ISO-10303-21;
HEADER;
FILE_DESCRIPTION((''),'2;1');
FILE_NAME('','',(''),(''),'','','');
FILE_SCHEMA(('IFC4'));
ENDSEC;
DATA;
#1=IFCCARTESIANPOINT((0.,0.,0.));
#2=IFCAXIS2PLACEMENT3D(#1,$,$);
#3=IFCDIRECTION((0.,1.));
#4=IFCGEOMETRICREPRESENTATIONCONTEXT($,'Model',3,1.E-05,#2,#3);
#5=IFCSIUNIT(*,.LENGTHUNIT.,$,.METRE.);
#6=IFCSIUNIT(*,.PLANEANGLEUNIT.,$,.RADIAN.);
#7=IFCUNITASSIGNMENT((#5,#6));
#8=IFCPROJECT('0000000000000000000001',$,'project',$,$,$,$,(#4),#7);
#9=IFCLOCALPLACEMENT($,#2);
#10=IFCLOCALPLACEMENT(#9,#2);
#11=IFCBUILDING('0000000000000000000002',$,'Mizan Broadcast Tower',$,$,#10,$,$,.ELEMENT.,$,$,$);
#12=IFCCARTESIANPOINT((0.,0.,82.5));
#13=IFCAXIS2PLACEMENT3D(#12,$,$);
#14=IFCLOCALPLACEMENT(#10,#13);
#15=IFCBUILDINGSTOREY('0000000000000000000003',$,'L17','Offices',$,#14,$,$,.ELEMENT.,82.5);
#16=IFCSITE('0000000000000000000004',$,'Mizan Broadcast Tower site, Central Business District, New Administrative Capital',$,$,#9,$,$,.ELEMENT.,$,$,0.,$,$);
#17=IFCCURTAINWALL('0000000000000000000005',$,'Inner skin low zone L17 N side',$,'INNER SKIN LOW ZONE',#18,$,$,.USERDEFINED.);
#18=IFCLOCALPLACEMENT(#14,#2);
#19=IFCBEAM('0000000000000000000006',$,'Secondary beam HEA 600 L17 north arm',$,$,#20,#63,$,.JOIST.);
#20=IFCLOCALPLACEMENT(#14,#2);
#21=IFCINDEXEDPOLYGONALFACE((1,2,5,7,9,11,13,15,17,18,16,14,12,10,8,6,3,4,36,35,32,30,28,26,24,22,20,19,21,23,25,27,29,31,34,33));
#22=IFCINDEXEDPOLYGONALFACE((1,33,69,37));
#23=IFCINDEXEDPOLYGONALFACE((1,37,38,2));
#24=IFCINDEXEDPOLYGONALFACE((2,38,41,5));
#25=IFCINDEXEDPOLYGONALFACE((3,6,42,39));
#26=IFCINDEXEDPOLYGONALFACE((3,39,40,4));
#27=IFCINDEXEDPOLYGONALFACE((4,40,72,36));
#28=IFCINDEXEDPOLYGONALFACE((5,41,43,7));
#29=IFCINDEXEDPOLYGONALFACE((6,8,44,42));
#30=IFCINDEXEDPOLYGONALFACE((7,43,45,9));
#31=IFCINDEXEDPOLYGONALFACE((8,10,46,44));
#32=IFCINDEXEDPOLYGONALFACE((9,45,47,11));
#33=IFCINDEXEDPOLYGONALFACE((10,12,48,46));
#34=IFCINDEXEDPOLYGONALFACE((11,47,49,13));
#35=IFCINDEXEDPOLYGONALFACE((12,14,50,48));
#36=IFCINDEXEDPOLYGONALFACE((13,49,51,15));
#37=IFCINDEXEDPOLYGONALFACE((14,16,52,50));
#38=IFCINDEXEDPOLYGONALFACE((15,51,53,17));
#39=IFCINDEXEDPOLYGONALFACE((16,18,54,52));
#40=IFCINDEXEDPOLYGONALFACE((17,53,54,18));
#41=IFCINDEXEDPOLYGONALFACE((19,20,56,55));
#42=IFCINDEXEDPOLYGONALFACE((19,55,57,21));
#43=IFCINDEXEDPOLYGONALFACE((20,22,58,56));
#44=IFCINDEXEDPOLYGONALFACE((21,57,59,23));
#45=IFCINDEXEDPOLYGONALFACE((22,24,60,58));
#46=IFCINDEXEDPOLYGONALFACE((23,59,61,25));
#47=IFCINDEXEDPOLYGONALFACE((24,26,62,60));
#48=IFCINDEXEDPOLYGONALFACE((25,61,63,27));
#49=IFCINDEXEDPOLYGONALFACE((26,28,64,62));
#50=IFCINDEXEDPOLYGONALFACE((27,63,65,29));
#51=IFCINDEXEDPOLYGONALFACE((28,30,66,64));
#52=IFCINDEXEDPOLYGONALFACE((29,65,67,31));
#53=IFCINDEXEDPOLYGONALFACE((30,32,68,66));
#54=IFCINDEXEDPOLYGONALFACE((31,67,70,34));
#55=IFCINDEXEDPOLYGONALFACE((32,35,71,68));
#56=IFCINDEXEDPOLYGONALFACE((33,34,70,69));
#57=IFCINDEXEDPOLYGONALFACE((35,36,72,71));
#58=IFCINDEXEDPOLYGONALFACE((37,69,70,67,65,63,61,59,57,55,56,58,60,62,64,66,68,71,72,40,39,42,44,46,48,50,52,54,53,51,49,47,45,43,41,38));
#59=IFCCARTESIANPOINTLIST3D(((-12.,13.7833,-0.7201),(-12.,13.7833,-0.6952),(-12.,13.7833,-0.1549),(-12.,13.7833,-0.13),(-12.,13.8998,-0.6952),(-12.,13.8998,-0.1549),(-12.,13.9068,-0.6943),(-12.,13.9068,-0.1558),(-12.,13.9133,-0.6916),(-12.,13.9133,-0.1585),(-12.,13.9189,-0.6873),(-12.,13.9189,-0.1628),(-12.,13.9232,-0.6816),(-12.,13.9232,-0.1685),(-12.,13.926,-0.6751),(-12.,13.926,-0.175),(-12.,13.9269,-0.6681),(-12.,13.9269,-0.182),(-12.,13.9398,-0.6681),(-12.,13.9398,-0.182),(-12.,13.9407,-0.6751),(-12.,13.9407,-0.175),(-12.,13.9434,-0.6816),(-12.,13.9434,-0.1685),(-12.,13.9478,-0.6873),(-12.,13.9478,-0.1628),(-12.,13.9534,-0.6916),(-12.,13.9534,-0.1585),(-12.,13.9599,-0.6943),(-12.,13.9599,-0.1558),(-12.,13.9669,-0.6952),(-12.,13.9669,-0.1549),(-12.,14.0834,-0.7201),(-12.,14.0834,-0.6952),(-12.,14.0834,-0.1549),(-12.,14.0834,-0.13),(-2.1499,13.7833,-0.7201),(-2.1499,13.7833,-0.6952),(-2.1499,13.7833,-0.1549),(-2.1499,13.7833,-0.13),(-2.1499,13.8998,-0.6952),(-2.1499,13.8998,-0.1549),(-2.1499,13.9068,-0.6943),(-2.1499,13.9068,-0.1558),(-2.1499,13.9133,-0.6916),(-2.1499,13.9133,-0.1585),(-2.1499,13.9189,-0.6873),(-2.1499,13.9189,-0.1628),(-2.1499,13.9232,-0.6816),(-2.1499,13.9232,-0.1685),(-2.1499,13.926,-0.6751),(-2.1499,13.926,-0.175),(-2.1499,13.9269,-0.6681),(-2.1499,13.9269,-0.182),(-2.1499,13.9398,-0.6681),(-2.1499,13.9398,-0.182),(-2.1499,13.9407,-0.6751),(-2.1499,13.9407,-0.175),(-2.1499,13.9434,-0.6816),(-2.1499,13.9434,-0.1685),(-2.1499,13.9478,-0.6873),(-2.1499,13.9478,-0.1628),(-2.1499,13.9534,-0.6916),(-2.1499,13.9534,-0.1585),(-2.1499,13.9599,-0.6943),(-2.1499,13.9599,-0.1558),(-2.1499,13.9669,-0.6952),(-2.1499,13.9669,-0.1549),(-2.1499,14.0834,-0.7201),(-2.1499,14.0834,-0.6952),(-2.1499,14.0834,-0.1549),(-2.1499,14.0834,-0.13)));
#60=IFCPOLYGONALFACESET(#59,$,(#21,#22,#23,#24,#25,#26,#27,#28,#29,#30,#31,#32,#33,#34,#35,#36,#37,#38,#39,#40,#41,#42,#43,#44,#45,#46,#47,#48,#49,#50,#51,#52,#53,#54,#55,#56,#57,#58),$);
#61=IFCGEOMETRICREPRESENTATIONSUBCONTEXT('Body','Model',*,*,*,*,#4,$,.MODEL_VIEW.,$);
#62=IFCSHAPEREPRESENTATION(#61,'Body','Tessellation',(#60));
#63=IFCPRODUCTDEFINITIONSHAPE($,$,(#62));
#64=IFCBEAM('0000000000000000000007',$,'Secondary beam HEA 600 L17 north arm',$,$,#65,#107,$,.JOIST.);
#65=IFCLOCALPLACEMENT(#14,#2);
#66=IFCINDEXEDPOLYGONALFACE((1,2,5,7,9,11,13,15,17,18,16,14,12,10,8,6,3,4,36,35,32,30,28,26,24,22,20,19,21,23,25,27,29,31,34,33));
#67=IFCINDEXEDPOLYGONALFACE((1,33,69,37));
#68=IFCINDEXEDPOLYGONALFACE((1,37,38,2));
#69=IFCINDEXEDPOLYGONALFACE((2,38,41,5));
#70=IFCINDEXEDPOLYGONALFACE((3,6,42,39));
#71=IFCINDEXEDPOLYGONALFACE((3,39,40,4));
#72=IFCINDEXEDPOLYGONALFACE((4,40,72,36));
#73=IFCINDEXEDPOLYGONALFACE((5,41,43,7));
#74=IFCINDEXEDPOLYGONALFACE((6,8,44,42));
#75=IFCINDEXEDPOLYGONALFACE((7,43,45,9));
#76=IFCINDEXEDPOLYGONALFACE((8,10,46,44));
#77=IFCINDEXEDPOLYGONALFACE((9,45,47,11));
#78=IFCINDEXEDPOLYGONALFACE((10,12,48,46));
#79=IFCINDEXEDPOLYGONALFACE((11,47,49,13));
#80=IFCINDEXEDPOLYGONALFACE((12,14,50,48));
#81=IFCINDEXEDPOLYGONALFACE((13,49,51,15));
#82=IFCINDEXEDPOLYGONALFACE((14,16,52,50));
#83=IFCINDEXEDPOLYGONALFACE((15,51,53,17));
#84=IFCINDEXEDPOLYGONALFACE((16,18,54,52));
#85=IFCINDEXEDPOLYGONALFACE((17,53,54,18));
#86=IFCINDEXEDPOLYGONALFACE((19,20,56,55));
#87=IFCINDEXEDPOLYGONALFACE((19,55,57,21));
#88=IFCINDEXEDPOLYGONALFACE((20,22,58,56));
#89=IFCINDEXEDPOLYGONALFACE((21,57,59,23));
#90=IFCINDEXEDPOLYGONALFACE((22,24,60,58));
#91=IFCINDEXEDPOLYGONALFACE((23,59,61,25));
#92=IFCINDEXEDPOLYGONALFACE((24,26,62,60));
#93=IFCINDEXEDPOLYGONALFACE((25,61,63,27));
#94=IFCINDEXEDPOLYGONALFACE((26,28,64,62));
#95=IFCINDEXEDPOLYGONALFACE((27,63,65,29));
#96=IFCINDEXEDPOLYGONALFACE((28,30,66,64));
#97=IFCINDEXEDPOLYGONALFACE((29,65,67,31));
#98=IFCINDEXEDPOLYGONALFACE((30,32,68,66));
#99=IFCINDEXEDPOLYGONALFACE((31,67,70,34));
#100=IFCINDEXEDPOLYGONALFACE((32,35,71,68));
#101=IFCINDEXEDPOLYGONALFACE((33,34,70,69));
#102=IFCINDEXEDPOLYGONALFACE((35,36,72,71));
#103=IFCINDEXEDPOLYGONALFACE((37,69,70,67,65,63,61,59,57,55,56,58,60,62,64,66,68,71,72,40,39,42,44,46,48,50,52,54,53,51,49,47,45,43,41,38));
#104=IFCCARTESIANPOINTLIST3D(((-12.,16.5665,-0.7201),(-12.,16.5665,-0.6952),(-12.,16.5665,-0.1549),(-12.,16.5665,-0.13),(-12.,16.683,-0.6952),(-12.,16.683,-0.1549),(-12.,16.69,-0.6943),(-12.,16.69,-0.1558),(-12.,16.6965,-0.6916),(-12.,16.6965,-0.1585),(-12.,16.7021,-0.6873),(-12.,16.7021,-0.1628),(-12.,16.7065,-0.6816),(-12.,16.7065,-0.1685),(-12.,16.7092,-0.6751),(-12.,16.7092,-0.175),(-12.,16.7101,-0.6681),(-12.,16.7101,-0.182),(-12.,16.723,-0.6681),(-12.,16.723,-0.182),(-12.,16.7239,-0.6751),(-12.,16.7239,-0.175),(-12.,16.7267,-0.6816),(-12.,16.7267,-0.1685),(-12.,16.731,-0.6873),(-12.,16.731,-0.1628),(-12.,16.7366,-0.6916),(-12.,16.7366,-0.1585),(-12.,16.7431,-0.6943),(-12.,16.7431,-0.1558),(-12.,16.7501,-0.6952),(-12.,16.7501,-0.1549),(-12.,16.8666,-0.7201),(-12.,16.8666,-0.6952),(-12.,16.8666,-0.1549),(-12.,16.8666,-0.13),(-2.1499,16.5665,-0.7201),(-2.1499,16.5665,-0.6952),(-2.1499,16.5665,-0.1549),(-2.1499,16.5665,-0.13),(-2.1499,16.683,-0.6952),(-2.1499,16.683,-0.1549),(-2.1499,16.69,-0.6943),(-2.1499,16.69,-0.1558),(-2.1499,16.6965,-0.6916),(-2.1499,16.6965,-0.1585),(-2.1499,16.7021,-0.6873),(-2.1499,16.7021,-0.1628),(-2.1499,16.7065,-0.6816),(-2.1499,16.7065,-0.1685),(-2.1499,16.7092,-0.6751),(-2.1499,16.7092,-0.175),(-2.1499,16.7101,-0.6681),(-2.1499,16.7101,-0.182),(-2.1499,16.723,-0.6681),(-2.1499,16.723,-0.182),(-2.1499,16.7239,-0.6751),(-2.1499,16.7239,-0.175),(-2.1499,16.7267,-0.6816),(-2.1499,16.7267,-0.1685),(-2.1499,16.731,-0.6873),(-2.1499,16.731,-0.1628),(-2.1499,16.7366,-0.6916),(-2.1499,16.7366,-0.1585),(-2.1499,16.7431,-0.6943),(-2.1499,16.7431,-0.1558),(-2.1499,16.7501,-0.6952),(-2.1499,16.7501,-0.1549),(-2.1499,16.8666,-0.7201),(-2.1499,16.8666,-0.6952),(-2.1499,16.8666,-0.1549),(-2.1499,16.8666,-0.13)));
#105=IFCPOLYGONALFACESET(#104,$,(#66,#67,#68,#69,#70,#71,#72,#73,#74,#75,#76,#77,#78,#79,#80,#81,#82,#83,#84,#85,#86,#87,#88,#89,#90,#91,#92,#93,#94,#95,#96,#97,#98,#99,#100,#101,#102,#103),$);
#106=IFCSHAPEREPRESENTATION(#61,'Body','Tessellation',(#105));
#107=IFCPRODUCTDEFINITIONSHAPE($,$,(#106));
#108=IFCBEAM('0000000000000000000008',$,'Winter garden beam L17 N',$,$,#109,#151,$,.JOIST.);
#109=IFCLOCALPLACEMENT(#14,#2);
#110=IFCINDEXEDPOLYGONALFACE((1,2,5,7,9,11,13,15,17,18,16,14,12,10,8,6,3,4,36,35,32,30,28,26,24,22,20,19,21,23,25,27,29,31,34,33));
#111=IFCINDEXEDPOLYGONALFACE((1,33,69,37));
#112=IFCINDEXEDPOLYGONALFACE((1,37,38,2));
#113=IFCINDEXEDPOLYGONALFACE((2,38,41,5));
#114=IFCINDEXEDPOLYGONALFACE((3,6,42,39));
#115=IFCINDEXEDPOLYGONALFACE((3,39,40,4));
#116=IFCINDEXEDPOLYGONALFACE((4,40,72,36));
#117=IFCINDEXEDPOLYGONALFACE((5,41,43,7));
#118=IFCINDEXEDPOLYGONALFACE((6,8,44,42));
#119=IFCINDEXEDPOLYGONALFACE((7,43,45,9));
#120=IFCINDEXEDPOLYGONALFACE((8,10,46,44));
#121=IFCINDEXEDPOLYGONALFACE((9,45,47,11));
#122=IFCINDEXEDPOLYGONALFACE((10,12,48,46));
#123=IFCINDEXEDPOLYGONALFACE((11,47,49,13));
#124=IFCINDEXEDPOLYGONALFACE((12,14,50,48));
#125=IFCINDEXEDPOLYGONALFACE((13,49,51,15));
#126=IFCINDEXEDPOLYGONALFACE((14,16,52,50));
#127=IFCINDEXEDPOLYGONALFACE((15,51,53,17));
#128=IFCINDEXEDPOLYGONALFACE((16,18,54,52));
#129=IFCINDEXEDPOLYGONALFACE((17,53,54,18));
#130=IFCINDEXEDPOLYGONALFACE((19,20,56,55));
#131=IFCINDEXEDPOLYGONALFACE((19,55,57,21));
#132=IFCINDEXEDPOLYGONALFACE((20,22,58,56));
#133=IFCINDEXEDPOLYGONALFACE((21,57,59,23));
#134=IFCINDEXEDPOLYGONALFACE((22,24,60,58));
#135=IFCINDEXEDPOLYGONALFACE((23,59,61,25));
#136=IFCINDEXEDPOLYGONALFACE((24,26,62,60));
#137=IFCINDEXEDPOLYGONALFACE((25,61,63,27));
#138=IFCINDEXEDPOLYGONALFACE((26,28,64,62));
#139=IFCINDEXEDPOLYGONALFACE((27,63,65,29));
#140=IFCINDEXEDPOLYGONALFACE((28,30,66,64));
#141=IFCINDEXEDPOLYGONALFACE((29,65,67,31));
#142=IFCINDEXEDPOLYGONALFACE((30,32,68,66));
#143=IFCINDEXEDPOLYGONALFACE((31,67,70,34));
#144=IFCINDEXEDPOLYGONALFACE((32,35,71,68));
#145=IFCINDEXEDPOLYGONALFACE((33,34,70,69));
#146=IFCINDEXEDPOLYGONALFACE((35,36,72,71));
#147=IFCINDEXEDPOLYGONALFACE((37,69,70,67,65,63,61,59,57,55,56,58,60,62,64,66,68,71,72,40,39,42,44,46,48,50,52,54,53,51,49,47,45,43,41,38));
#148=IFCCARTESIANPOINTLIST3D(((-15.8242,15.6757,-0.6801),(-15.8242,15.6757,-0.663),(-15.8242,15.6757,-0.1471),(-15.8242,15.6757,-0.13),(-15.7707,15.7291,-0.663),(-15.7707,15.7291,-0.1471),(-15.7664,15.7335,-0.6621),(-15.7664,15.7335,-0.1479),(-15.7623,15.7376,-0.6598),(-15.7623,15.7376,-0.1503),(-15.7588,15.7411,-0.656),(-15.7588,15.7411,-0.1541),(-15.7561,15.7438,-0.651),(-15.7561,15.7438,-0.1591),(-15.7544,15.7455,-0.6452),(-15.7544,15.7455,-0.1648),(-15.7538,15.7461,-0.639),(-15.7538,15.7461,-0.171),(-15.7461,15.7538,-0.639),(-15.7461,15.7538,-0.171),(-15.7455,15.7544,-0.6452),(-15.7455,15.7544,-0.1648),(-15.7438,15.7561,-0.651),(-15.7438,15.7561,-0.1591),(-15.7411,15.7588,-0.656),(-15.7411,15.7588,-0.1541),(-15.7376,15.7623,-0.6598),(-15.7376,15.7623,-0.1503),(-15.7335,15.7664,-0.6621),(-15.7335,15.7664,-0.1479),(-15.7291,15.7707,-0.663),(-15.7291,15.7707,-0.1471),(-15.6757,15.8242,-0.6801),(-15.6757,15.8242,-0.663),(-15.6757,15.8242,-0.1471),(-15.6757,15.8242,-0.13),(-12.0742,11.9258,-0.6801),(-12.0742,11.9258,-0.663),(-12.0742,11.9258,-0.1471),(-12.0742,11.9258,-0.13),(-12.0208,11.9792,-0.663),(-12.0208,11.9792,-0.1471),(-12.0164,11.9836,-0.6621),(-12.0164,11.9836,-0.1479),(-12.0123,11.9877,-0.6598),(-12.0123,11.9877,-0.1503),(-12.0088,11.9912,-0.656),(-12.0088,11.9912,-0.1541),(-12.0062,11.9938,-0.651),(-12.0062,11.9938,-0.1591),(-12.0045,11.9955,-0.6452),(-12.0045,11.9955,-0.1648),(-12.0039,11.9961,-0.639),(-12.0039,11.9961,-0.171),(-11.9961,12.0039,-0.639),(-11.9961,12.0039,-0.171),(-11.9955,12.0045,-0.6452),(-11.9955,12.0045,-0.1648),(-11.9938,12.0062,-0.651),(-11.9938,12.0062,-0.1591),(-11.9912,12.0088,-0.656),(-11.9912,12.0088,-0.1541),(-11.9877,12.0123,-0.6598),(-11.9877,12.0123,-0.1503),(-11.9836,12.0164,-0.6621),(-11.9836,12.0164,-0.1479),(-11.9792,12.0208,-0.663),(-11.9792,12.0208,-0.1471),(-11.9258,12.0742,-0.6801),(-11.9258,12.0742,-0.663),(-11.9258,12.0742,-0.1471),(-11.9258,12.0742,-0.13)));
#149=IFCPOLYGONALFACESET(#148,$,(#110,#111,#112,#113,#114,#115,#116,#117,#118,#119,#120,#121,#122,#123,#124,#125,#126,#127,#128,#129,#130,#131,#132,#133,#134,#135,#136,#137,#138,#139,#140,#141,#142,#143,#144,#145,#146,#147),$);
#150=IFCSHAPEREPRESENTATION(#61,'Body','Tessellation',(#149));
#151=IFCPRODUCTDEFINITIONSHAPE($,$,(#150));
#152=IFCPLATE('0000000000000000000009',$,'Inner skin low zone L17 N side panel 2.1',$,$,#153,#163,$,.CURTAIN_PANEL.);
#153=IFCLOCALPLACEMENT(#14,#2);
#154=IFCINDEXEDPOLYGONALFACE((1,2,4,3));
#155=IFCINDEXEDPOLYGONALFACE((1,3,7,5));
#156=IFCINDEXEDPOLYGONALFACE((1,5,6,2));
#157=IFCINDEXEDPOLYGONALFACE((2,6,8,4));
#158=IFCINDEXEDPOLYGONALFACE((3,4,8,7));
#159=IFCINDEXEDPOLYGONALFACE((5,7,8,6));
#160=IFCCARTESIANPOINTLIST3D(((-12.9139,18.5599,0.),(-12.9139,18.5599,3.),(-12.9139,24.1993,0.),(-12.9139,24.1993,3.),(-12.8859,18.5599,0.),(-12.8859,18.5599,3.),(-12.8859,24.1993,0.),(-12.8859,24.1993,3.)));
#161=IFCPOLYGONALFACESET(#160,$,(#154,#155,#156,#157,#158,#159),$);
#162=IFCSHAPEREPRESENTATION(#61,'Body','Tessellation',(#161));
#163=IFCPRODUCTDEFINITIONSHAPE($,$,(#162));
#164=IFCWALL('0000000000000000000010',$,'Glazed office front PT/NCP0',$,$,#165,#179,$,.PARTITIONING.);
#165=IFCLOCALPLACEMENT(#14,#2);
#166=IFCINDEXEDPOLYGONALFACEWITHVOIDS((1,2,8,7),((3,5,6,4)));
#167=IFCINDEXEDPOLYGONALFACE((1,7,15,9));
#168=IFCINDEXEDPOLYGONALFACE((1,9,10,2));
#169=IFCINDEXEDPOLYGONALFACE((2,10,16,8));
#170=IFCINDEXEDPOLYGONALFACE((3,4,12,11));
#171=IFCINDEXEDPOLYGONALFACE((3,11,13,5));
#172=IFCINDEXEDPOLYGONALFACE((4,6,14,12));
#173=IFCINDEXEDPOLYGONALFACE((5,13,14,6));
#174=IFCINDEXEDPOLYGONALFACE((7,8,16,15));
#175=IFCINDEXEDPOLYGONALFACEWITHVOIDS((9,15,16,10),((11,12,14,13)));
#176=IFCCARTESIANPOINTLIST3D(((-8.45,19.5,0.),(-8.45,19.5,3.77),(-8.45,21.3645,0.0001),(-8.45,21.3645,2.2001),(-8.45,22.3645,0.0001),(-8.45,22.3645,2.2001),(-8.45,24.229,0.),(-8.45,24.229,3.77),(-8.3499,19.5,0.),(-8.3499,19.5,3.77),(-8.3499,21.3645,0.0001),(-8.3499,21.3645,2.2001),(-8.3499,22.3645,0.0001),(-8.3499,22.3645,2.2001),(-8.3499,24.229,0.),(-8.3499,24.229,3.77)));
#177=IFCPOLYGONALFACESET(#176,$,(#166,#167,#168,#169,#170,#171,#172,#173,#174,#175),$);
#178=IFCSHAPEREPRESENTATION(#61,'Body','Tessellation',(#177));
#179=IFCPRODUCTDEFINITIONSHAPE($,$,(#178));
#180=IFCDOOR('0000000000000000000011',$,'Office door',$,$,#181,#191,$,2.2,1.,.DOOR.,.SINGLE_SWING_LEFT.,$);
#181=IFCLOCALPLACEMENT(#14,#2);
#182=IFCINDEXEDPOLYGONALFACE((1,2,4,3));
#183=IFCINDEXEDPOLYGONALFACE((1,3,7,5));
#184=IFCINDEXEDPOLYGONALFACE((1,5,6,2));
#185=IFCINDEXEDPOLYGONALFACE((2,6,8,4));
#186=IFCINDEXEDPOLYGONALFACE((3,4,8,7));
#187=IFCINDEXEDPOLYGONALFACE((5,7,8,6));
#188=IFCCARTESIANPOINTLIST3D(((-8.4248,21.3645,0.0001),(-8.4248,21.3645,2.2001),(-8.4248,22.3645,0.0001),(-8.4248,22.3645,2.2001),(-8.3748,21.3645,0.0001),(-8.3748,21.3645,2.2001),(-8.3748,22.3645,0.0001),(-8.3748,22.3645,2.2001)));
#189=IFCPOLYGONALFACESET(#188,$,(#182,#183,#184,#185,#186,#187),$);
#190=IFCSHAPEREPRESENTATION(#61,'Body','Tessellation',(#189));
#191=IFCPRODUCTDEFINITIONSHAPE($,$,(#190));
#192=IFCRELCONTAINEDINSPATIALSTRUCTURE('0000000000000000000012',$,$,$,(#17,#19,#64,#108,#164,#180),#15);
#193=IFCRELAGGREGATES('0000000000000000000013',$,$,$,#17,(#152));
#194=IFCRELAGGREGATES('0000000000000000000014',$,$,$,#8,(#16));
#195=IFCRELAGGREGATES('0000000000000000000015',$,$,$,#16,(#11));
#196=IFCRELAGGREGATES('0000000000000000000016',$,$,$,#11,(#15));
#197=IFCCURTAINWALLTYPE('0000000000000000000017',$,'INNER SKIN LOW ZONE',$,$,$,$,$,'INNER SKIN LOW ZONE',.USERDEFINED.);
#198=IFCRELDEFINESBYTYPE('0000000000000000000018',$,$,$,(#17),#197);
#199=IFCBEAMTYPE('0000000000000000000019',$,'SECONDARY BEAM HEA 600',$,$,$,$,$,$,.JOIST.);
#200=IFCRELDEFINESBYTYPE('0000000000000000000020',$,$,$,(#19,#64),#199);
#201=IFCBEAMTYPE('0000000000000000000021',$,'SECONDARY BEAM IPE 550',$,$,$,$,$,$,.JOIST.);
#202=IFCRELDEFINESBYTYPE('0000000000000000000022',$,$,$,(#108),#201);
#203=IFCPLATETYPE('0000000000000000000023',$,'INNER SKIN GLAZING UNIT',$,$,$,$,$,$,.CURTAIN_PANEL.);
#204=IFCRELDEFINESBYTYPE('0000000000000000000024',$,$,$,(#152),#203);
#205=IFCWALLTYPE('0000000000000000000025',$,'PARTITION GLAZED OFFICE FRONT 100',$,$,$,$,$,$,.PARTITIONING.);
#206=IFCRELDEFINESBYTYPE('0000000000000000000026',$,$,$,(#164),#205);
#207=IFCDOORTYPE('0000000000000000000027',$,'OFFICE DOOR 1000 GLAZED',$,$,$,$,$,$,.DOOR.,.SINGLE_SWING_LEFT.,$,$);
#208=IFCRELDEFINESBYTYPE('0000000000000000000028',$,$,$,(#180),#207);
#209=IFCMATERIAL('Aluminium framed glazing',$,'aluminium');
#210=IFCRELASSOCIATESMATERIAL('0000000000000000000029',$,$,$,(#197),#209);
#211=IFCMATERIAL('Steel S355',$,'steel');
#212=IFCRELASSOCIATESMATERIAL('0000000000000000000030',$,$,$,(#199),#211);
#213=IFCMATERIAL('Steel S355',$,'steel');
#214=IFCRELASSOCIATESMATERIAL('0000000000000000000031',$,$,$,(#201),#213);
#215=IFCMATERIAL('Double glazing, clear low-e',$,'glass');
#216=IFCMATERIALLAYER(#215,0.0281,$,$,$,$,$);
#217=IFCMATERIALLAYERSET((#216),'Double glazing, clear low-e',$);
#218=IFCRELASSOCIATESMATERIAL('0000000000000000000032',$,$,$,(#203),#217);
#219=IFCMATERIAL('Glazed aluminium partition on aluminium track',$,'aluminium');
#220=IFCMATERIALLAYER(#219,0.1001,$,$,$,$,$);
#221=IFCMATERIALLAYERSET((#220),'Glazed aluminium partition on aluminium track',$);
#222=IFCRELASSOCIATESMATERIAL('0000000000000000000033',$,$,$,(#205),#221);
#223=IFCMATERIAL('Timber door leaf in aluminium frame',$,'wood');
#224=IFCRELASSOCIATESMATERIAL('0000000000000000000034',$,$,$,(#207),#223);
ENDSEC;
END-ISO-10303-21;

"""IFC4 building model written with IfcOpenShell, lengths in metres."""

from ifc_helpers import new_model, si_unit, direction, frame, frame_2d, origin, origin_2d, place, context, subcontext, project, spatial, rectangle, i_section, extrude, material, layer, layer_set, material_profile, profile_set, type_object, element, fill, aggregate, save


model = new_model("IFC4")

# Units and contexts
model_context = context("Model", 3, precision=1e-05, world=origin(), true_north=direction((0.0, 1.0)))
body_context = subcontext(model_context, "Body", "Model", "MODEL_VIEW")
ifc_project = project(units=[si_unit("LENGTHUNIT", "METRE"), si_unit("PLANEANGLEUNIT", "RADIAN")], contexts=[model_context])

# Site, building, storey
site_placement = place(None, origin())
site = spatial("IfcSite", under=ifc_project, at=site_placement, Name="Mizan Broadcast Tower site, Central Business District, New Administrative Capital", CompositionType="ELEMENT", RefElevation=0.0)
building_placement = place(site_placement, origin())
building = spatial("IfcBuilding", under=site, at=building_placement, Name="Mizan Broadcast Tower", CompositionType="ELEMENT")
storey_placement = place(building_placement, frame((0.0, 0.0, 82.5)))
storey = spatial("IfcBuildingStorey", under=building, at=storey_placement, Name="L17", Description="Offices", CompositionType="ELEMENT", Elevation=82.5)

# Curtain wall
ifc_material_1 = material(Name="Aluminium framed glazing", Category="aluminium")
curtain_wall_type = type_object("IfcCurtainWallType", Name="INNER SKIN LOW ZONE", ElementType="INNER SKIN LOW ZONE", PredefinedType="USERDEFINED", material=ifc_material_1)
curtain_wall_placement = place(storey_placement, origin())
curtain_wall = element("IfcCurtainWall", 1, at=curtain_wall_placement, inside=storey, type_object=curtain_wall_type, Name="Inner skin low zone L17 N side", ObjectType="INNER SKIN LOW ZONE", PredefinedType="USERDEFINED")

# Beams
ifc_material_2 = material(Name="Steel S355", Category="steel")
ifc_material_profile_1 = material_profile(ifc_material_2, i_section(OverallWidth=0.3, OverallDepth=0.5901, WebThickness=0.0129, FlangeThickness=0.0249, FilletRadius=0.0271, at=origin_2d()), Name="HEA 600")
ifc_profile_set_1 = profile_set([ifc_material_profile_1], Name="Steel S355")
beam_type_1 = type_object("IfcBeamType", Name="SECONDARY BEAM HEA 600", PredefinedType="JOIST", material=ifc_profile_set_1)
for number, where, z_axis, x_axis, name in (
    (2, (-12.0, 13.9333, -0.425), (1.0, 0.0, 0.0), (0.0, 1.0, 0.0), "Secondary beam HEA 600 L17 north arm"),
    (3, (-12.0, 16.7166, -0.425), (1.0, 0.0, 0.0), (0.0, 1.0, 0.0), "Secondary beam HEA 600 L17 north arm"),
):
    element("IfcBeam", number, at=place(storey_placement, frame(where, z_axis=z_axis, x_axis=x_axis)), inside=storey, type_object=beam_type_1, Name=name, PredefinedType="JOIST", context=body_context, shape_type="SweptSolid", body=[
        extrude(i_section(OverallWidth=0.3, OverallDepth=0.5901, WebThickness=0.0129, FlangeThickness=0.0249, FilletRadius=0.0271, at=origin_2d()), origin(), (0.0, 0.0, 1.0), 9.8501),
    ])
ifc_material_3 = material(Name="Steel S355", Category="steel")
ifc_material_profile_2 = material_profile(ifc_material_3, i_section(OverallWidth=0.21, OverallDepth=0.55, WebThickness=0.011, FlangeThickness=0.0171, FilletRadius=0.0239, at=origin_2d()), Name="IPE 550")
ifc_profile_set_2 = profile_set([ifc_material_profile_2], Name="Steel S355")
beam_type_2 = type_object("IfcBeamType", Name="SECONDARY BEAM IPE 550", PredefinedType="JOIST", material=ifc_profile_set_2)
beam_1_placement = place(storey_placement, frame((-12.0, 12.0, -0.405), z_axis=(-0.707107, 0.707107, 0.0), x_axis=(-0.707107, -0.707107, 0.0)))
element("IfcBeam", 4, at=beam_1_placement, inside=storey, type_object=beam_type_2, Name="Winter garden beam L17 N", PredefinedType="JOIST", context=body_context, shape_type="SweptSolid", body=[
    extrude(i_section(OverallWidth=0.21, OverallDepth=0.55, WebThickness=0.011, FlangeThickness=0.0171, FilletRadius=0.0239, at=origin_2d()), origin(), (0.0, 0.0, 1.0), 5.3032),
])

# Plate
ifc_material_4 = material(Name="Double glazing, clear low-e", Category="glass")
ifc_layer_1 = layer(ifc_material_4, 0.0281)
ifc_layer_set_1 = layer_set([ifc_layer_1], Name="Double glazing, clear low-e")
plate_type = type_object("IfcPlateType", Name="INNER SKIN GLAZING UNIT", PredefinedType="CURTAIN_PANEL", material=ifc_layer_set_1)
plate_placement = place(storey_placement, frame((-12.8999, 21.3796, 0.0), z_axis=(0.0, 0.0, 1.0), x_axis=(0.0, -1.0, 0.0)))
plate = element("IfcPlate", 5, at=plate_placement, type_object=plate_type, Name="Inner skin low zone L17 N side panel 2.1", PredefinedType="CURTAIN_PANEL", context=body_context, shape_type="SweptSolid", body=[
    extrude(rectangle(XDim=5.6394, YDim=0.0281, at=origin_2d()), origin(), (0.0, 0.0, 1.0), 3.0),
])
aggregate(curtain_wall, [plate])

# Wall, opening, door
ifc_material_5 = material(Name="Glazed aluminium partition on aluminium track", Category="aluminium")
ifc_layer_2 = layer(ifc_material_5, 0.1001)
ifc_layer_set_2 = layer_set([ifc_layer_2], Name="Glazed aluminium partition on aluminium track")
wall_type = type_object("IfcWallType", Name="PARTITION GLAZED OFFICE FRONT 100", PredefinedType="PARTITIONING", material=ifc_layer_set_2)
wall_1_placement = place(storey_placement, frame((-8.3999, 19.5, 0.0), z_axis=(0.0, 0.0, 1.0), x_axis=(0.0, 1.0, 0.0)))
wall_1 = element("IfcWall", 6, at=wall_1_placement, inside=storey, type_object=wall_type, Name="Glazed office front PT/NCP0", PredefinedType="PARTITIONING", context=body_context, shape_type="SweptSolid", body=[
    extrude(rectangle(XDim=4.729, YDim=0.1001, at=frame_2d((2.3645, 0.0))), origin(), (0.0, 0.0, 1.0), 3.77),
])
opening_placement = place(wall_1_placement, frame((1.8645, 0.0, 0.0)))
opening = element("IfcOpeningElement", 7, at=opening_placement, cuts=wall_1, PredefinedType="OPENING", context=body_context, shape_type="SweptSolid", body=[
    extrude(rectangle(XDim=1.0, YDim=2.2, at=frame_2d((0.5, 1.1001))), frame((0.0, 0.0601, 0.0), z_axis=(0.0, -1.0, 0.0), x_axis=(1.0, 0.0, 0.0)), (0.0, 0.0, 1.0), 0.1201),
])
ifc_material_6 = material(Name="Timber door leaf in aluminium frame", Category="wood")
door_type = type_object("IfcDoorType", Name="OFFICE DOOR 1000 GLAZED", OperationType="SINGLE_SWING_LEFT", PredefinedType="DOOR", material=ifc_material_6)
door_placement = place(opening_placement, origin())
door = element("IfcDoor", 8, at=door_placement, inside=storey, type_object=door_type, Name="Office door", OperationType="SINGLE_SWING_LEFT", OverallHeight=2.2, OverallWidth=1.0, PredefinedType="DOOR", context=body_context, shape_type="SweptSolid", body=[
    extrude(rectangle(XDim=1.0, YDim=2.2, at=frame_2d((0.5, 1.1001))), frame((0.0, 0.0249, 0.0), z_axis=(0.0, -1.0, 0.0), x_axis=(1.0, 0.0, 0.0)), (0.0, 0.0, 1.0), 0.05),
])
fill(opening, door)

save(model, "model.ifc")
